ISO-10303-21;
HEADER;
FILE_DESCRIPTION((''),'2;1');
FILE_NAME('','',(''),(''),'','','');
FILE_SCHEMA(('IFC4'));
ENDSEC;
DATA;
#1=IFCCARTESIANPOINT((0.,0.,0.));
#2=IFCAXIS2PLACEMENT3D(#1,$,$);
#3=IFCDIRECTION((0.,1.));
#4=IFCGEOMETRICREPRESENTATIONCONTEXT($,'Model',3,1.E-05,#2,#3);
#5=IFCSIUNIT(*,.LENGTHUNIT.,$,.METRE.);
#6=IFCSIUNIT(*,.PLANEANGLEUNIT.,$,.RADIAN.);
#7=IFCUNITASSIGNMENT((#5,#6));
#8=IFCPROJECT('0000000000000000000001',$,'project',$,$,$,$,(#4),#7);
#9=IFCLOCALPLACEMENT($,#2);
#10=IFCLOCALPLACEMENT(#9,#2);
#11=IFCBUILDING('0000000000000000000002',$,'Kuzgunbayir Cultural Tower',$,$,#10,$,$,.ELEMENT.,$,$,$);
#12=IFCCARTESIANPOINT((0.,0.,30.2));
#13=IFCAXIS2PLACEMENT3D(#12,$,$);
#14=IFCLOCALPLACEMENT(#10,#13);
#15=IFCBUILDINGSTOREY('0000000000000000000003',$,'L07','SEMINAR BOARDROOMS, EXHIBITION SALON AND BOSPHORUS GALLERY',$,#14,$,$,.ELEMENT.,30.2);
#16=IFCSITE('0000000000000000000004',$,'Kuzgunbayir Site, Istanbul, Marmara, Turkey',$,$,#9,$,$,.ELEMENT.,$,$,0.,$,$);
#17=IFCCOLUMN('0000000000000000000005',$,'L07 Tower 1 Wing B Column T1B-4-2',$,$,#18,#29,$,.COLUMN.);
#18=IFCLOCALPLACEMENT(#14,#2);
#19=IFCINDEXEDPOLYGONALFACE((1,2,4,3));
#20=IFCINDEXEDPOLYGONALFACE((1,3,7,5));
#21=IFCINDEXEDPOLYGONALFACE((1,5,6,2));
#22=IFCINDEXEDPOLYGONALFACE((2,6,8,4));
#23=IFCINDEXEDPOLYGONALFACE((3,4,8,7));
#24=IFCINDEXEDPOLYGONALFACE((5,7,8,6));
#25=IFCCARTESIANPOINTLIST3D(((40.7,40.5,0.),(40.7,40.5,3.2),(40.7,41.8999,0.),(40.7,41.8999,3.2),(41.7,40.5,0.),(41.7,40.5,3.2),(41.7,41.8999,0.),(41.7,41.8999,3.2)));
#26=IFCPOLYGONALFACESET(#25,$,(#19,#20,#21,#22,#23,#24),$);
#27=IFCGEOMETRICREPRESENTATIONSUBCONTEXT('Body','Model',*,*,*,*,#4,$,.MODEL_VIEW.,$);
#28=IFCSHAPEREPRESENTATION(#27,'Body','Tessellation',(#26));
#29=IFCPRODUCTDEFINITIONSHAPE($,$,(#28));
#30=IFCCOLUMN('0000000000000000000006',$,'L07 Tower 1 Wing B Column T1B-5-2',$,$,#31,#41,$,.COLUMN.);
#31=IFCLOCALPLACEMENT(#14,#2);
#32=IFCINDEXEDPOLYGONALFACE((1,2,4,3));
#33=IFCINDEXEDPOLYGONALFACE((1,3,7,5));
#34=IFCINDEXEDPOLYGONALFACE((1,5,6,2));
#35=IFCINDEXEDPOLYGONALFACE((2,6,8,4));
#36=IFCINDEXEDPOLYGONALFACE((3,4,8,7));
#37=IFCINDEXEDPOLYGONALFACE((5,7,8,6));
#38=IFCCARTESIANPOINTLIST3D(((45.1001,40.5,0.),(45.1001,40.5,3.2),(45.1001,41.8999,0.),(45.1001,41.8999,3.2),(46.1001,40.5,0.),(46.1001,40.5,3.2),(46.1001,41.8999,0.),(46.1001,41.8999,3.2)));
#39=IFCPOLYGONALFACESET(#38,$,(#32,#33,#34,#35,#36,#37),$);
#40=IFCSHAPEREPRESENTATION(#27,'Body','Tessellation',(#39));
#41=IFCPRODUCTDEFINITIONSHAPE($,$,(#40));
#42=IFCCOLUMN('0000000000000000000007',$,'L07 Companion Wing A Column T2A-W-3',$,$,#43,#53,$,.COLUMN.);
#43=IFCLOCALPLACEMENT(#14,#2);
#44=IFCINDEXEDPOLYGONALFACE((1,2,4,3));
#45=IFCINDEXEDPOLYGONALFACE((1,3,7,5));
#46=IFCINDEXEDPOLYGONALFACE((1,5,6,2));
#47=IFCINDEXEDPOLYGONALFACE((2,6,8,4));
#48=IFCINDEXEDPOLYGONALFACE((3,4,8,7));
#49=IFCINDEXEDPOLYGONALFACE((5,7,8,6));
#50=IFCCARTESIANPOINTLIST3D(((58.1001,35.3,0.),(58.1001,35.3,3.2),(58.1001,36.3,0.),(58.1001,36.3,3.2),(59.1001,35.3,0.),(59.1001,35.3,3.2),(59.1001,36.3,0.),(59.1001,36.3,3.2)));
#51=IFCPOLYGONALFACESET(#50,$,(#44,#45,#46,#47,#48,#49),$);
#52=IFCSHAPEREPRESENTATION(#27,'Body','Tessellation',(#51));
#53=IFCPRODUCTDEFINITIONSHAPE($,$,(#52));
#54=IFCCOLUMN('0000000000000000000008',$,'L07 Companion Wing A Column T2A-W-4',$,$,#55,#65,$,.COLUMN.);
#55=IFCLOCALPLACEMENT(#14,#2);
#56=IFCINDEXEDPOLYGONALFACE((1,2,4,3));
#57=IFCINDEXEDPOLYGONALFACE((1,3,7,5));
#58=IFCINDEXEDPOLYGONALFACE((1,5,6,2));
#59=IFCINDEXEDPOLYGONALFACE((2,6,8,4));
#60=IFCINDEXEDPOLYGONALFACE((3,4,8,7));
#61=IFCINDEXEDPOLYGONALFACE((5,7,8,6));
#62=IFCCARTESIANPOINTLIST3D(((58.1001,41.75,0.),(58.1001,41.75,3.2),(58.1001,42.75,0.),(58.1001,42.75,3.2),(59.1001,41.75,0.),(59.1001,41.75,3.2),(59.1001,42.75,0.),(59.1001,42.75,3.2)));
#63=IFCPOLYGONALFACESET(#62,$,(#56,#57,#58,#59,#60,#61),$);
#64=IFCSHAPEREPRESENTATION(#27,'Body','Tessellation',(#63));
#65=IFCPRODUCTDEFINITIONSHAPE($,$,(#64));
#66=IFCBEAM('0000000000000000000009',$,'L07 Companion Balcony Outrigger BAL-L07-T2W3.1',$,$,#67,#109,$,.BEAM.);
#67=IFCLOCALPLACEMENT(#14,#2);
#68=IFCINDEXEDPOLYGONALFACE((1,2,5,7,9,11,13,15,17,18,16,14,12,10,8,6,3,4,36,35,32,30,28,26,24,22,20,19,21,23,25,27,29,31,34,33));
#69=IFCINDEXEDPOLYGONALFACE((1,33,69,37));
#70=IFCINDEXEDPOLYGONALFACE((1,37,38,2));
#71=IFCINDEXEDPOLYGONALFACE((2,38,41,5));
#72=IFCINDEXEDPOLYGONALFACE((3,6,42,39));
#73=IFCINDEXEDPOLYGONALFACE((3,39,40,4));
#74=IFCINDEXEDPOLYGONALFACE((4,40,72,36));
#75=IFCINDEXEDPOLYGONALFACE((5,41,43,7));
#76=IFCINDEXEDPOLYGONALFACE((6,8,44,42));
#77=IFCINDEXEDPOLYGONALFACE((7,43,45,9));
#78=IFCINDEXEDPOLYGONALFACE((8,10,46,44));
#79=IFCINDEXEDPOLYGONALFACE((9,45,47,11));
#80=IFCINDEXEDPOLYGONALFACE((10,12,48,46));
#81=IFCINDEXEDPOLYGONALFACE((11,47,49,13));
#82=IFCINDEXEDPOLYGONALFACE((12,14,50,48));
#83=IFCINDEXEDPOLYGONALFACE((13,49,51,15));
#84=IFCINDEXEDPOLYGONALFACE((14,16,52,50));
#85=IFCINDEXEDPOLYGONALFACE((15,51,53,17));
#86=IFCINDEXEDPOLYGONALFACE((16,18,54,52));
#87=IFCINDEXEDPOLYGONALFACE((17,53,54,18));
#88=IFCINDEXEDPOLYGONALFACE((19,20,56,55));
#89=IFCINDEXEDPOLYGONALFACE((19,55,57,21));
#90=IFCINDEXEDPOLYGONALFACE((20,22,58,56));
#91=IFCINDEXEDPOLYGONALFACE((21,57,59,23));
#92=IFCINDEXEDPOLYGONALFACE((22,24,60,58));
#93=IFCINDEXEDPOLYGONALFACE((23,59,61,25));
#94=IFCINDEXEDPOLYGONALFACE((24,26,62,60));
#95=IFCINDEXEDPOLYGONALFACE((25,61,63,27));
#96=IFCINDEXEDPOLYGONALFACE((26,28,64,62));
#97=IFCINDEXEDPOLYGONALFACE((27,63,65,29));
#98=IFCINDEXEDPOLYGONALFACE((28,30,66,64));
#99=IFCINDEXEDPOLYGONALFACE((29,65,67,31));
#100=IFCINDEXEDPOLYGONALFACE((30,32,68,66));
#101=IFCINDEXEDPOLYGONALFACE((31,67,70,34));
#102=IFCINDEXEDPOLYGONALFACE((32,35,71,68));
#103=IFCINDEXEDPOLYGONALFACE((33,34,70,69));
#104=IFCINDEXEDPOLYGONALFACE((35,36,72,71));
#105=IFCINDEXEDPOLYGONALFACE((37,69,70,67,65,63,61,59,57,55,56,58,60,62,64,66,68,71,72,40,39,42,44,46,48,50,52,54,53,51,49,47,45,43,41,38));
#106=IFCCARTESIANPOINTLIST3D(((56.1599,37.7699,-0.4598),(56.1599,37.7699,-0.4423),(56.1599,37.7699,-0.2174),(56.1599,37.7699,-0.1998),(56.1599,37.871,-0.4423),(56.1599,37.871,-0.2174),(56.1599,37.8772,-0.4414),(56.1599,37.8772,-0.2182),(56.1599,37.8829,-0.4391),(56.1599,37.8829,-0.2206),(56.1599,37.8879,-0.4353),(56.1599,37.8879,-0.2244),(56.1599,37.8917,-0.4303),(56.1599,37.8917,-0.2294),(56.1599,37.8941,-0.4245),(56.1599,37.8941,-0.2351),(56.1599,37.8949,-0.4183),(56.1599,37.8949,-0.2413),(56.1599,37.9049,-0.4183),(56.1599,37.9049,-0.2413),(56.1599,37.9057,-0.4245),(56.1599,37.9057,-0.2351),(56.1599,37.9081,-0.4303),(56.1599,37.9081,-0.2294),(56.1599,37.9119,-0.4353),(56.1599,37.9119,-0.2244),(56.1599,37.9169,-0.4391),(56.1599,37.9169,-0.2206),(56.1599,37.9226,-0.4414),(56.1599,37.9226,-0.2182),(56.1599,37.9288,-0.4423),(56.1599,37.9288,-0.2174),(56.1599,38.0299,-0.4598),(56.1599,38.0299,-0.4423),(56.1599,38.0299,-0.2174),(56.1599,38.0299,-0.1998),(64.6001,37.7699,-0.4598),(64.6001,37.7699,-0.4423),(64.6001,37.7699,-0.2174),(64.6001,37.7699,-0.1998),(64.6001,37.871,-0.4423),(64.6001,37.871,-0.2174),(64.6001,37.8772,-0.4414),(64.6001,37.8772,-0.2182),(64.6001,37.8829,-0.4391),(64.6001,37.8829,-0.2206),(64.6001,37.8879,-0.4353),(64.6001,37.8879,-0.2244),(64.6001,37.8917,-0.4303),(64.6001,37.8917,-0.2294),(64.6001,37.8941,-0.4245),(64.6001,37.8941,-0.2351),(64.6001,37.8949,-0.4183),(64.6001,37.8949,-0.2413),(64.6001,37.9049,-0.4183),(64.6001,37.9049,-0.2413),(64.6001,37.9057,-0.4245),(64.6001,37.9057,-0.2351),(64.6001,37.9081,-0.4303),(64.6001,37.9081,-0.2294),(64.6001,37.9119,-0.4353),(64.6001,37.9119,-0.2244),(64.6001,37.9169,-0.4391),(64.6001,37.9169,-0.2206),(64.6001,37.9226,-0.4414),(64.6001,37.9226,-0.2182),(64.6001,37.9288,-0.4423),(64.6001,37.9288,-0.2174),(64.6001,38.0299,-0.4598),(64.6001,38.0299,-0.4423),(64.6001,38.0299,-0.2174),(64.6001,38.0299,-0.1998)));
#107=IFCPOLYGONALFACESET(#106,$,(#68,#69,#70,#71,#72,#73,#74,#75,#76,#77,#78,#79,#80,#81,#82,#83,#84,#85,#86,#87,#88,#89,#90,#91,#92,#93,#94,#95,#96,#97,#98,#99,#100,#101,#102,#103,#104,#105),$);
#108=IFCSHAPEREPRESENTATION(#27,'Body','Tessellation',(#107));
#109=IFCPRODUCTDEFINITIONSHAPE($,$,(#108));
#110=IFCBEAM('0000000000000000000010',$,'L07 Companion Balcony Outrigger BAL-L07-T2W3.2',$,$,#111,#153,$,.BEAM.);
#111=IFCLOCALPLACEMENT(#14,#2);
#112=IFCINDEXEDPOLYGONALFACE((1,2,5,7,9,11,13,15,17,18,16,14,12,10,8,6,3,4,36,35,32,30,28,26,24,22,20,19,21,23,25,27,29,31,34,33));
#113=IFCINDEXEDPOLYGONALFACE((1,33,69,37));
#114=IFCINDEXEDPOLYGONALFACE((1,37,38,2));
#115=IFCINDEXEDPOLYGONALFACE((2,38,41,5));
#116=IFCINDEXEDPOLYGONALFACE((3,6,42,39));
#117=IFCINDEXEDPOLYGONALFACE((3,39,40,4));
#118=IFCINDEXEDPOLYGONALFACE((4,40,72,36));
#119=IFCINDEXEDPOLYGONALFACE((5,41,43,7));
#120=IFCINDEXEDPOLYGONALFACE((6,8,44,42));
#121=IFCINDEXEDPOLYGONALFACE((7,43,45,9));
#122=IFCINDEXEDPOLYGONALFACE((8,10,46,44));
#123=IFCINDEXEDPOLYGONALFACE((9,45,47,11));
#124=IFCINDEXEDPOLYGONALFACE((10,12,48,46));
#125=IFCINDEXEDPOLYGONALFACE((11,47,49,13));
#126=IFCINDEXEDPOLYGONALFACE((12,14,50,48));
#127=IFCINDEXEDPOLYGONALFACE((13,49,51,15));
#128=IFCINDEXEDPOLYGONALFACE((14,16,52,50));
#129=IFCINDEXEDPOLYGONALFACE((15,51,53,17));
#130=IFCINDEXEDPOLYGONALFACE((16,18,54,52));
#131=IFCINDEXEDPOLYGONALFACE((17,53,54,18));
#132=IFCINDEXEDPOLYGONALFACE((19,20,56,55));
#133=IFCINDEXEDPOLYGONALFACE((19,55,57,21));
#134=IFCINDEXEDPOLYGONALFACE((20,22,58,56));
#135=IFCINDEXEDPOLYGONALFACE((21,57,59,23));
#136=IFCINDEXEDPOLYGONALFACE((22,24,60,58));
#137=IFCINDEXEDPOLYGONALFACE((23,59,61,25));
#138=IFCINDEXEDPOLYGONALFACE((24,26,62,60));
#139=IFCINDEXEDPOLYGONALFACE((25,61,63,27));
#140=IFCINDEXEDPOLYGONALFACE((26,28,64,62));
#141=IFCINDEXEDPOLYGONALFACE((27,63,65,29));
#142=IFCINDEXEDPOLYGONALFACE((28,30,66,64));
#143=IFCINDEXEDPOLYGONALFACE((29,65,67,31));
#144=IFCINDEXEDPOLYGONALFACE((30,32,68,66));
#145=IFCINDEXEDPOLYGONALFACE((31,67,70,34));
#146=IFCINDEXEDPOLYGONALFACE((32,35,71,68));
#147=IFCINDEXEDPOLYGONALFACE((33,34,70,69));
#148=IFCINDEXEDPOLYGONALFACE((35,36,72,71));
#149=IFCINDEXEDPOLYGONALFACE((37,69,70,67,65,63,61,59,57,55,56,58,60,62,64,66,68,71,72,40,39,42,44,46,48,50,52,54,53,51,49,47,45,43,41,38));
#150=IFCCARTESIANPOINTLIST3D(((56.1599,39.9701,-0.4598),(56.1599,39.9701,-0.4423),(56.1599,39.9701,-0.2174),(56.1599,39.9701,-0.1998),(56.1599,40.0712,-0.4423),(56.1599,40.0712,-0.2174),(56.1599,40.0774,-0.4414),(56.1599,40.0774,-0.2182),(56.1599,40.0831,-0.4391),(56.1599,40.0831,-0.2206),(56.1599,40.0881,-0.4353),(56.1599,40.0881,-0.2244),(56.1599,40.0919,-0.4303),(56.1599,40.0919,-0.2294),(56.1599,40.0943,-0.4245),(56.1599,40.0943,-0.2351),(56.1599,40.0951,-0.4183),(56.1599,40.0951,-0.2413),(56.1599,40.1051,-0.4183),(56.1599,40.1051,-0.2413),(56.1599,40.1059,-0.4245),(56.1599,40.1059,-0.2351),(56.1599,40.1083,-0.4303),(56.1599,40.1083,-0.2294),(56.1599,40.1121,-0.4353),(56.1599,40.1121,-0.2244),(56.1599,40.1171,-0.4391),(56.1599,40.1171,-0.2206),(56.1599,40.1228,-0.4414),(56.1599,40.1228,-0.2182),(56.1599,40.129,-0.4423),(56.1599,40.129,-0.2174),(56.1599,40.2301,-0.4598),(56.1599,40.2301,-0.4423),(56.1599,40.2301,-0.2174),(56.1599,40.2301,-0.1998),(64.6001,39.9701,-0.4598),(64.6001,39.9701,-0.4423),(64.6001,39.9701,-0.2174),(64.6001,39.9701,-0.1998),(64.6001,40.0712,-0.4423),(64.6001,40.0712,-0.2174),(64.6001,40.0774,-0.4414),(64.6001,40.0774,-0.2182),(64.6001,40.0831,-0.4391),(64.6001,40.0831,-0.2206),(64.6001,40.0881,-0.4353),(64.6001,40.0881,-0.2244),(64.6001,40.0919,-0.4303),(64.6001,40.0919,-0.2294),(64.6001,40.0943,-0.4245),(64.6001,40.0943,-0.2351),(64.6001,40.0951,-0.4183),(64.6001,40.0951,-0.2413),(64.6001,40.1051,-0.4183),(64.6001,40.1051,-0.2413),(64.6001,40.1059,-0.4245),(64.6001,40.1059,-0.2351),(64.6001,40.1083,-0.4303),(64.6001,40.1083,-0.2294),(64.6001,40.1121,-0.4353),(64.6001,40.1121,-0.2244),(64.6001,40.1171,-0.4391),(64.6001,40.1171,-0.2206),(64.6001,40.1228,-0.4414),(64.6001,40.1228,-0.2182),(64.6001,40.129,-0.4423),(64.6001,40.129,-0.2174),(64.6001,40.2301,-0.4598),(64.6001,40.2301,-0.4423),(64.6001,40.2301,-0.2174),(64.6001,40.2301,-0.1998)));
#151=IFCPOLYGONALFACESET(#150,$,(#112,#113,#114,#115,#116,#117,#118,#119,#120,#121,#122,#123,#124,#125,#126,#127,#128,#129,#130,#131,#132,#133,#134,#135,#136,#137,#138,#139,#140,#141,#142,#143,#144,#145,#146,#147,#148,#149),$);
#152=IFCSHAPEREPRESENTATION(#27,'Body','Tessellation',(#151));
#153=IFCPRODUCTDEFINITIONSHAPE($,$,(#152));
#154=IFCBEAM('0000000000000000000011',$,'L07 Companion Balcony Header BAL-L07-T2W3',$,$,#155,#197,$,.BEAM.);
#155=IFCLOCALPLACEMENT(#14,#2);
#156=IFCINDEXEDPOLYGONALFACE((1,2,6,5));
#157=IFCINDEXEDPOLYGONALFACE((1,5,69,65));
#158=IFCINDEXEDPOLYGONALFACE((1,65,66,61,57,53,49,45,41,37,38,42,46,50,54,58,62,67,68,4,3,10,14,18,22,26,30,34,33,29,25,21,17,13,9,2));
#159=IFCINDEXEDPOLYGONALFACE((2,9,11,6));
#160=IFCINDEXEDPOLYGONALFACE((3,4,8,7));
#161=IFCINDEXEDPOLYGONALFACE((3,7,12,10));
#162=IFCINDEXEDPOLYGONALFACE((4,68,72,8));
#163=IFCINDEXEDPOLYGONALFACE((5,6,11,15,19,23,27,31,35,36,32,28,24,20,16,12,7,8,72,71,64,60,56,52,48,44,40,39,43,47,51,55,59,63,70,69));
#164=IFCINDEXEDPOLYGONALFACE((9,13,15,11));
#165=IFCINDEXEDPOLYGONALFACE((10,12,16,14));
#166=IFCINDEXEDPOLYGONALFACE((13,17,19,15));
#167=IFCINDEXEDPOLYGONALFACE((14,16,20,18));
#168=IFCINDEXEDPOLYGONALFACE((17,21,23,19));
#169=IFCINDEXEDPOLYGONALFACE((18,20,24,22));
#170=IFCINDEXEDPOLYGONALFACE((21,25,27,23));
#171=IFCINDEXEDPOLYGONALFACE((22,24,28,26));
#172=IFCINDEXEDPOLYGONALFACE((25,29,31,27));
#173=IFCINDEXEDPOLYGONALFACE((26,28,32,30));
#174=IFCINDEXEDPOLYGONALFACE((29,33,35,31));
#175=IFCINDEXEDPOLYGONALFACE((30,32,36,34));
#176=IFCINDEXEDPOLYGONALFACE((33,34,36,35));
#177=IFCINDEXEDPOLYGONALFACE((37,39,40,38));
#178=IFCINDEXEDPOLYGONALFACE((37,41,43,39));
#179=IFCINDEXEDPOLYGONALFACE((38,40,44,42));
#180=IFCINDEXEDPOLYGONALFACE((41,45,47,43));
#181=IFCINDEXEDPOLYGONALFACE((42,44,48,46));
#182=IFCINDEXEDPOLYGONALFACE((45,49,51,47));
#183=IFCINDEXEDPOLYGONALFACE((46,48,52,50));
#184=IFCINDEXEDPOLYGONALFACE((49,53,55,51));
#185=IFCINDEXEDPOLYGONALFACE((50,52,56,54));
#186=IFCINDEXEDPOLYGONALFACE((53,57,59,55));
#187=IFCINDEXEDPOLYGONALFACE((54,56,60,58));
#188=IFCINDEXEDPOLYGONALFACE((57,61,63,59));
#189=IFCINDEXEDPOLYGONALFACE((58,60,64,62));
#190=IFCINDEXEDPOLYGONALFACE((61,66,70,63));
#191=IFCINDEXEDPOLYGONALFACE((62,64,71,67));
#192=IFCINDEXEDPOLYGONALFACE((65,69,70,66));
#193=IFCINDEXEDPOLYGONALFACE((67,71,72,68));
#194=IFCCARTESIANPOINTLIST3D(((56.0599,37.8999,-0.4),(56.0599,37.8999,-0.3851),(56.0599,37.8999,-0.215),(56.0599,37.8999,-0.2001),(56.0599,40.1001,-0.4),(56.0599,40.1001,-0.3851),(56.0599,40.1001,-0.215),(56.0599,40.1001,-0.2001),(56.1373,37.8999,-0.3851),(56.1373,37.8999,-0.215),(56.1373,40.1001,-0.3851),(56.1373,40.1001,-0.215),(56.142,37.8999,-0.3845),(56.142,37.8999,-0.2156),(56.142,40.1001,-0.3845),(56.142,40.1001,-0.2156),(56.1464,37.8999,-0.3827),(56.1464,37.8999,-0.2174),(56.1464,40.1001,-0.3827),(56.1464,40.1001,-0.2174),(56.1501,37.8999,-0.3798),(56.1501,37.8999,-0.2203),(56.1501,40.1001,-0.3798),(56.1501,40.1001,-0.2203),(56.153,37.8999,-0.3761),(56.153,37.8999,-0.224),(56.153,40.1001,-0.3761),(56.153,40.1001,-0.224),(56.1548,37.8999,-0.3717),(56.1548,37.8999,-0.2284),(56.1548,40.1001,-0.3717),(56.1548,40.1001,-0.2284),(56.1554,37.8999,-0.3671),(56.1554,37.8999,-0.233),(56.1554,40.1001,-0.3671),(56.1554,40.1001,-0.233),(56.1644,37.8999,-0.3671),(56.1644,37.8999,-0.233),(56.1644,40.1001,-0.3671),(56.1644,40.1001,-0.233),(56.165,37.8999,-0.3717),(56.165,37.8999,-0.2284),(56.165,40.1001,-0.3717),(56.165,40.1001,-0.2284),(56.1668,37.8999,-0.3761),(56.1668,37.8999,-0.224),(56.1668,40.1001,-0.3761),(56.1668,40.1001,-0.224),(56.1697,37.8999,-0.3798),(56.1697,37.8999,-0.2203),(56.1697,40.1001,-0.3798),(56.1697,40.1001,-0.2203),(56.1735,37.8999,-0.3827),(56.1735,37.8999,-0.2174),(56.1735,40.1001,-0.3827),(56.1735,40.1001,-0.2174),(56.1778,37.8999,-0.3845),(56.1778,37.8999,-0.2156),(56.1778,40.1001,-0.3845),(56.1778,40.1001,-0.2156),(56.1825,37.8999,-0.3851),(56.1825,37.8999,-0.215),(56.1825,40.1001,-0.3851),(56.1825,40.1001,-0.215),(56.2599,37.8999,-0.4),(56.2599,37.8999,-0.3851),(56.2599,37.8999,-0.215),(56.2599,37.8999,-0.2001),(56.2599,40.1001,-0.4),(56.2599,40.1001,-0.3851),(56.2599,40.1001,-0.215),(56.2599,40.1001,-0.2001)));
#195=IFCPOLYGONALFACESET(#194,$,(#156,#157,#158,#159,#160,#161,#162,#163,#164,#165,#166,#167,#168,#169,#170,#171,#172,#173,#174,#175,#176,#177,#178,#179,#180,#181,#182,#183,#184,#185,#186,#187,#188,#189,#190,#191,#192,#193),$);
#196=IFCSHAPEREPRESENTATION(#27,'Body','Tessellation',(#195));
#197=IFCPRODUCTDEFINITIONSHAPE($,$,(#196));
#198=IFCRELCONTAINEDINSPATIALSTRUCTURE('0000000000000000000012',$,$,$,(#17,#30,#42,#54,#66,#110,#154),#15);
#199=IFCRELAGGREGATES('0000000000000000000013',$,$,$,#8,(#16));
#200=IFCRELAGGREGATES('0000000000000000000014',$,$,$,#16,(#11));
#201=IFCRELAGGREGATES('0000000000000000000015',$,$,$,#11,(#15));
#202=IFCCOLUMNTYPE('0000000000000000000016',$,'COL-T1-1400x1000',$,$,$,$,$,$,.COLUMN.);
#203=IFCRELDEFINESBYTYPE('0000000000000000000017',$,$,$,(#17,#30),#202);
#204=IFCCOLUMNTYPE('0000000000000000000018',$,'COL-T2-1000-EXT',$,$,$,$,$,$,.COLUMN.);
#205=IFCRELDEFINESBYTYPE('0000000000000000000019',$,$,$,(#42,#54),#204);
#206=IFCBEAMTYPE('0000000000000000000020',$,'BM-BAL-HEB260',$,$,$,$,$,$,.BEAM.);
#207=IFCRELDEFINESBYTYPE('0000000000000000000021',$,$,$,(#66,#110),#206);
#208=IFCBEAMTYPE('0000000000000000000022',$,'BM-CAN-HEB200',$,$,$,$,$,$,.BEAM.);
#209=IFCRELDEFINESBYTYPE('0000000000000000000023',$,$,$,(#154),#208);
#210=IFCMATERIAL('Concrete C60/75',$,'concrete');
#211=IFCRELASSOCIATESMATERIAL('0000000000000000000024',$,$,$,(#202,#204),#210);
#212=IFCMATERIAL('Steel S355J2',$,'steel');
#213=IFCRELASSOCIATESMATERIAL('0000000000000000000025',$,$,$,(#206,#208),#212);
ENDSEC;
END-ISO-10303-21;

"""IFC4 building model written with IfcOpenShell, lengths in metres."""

from ifc_helpers import new_model, si_unit, direction, frame, origin, origin_2d, place, context, subcontext, project, spatial, rectangle, i_section, extrude, material, material_profile, profile_set, type_object, element, save


model = new_model("IFC4")

# Units and contexts
model_context = context("Model", 3, precision=1e-05, world=origin(), true_north=direction((0.0, 1.0)))
body_context = subcontext(model_context, "Body", "Model", "MODEL_VIEW")
ifc_project = project(units=[si_unit("LENGTHUNIT", "METRE"), si_unit("PLANEANGLEUNIT", "RADIAN")], contexts=[model_context])

# Site, building, storey
site_placement = place(None, origin())
site = spatial("IfcSite", under=ifc_project, at=site_placement, Name="Kuzgunbayir Site, Istanbul, Marmara, Turkey", CompositionType="ELEMENT", RefElevation=0.0)
building_placement = place(site_placement, origin())
building = spatial("IfcBuilding", under=site, at=building_placement, Name="Kuzgunbayir Cultural Tower", CompositionType="ELEMENT")
storey_placement = place(building_placement, frame((0.0, 0.0, 30.2)))
storey = spatial("IfcBuildingStorey", under=building, at=storey_placement, Name="L07", Description="SEMINAR BOARDROOMS, EXHIBITION SALON AND BOSPHORUS GALLERY", CompositionType="ELEMENT", Elevation=30.2)

# Columns
ifc_material_1 = material(Name="Concrete C60/75", Category="concrete")
ifc_material_profile_1 = material_profile(ifc_material_1, rectangle(XDim=1.0, YDim=1.3999, at=origin_2d()), Name="RC 1400x1000")
ifc_profile_set_1 = profile_set([ifc_material_profile_1], Name="Concrete C60/75")
column_type_1 = type_object("IfcColumnType", Name="COL-T1-1400x1000", PredefinedType="COLUMN", material=ifc_profile_set_1)
for number, where, z_axis, x_axis, name in (
    (1, (41.2, 41.2, 0.0), (0.0, 0.0, 1.0), (1.0, 0.0, 0.0), "L07 Tower 1 Wing B Column T1B-4-2"),
    (2, (45.6001, 41.2, 0.0), (0.0, 0.0, 1.0), (1.0, 0.0, 0.0), "L07 Tower 1 Wing B Column T1B-5-2"),
):
    element("IfcColumn", number, at=place(storey_placement, frame(where, z_axis=z_axis, x_axis=x_axis)), inside=storey, type_object=column_type_1, Name=name, PredefinedType="COLUMN", context=body_context, shape_type="SweptSolid", body=[
        extrude(rectangle(XDim=1.0, YDim=1.3999, at=origin_2d()), origin(), (0.0, 0.0, 1.0), 3.2),
    ])
ifc_material_profile_2 = material_profile(ifc_material_1, rectangle(XDim=1.0, YDim=1.0, at=origin_2d()), Name="RC 1000x1000")
ifc_profile_set_2 = profile_set([ifc_material_profile_2], Name="Concrete C60/75")
column_type_2 = type_object("IfcColumnType", Name="COL-T2-1000-EXT", PredefinedType="COLUMN", material=ifc_profile_set_2)
for number, where, z_axis, x_axis, name in (
    (3, (58.6001, 35.8, 0.0), (0.0, 0.0, 1.0), (1.0, 0.0, 0.0), "L07 Companion Wing A Column T2A-W-3"),
    (4, (58.6001, 42.25, 0.0), (0.0, 0.0, 1.0), (1.0, 0.0, 0.0), "L07 Companion Wing A Column T2A-W-4"),
):
    element("IfcColumn", number, at=place(storey_placement, frame(where, z_axis=z_axis, x_axis=x_axis)), inside=storey, type_object=column_type_2, Name=name, PredefinedType="COLUMN", context=body_context, shape_type="SweptSolid", body=[
        extrude(rectangle(XDim=1.0, YDim=1.0, at=origin_2d()), origin(), (0.0, 0.0, 1.0), 3.2),
    ])

# Beams
ifc_material_2 = material(Name="Steel S355J2", Category="steel")
ifc_material_profile_3 = material_profile(ifc_material_2, i_section(OverallWidth=0.26, OverallDepth=0.26, WebThickness=0.01, FlangeThickness=0.0176, FilletRadius=0.0239, at=origin_2d()), Name="HEB 260")
ifc_profile_set_3 = profile_set([ifc_material_profile_3], Name="Steel S355J2")
beam_type_1 = type_object("IfcBeamType", Name="BM-BAL-HEB260", PredefinedType="BEAM", material=ifc_profile_set_3)
for number, where, z_axis, x_axis, name in (
    (5, (56.1599, 37.8999, -0.3298), (1.0, 0.0, 0.0), (0.0, 1.0, 0.0), "L07 Companion Balcony Outrigger BAL-L07-T2W3.1"),
    (6, (56.1599, 40.1001, -0.3298), (1.0, 0.0, 0.0), (0.0, 1.0, 0.0), "L07 Companion Balcony Outrigger BAL-L07-T2W3.2"),
):
    element("IfcBeam", number, at=place(storey_placement, frame(where, z_axis=z_axis, x_axis=x_axis)), inside=storey, type_object=beam_type_1, Name=name, PredefinedType="BEAM", context=body_context, shape_type="SweptSolid", body=[
        extrude(i_section(OverallWidth=0.26, OverallDepth=0.26, WebThickness=0.01, FlangeThickness=0.0176, FilletRadius=0.0239, at=origin_2d()), origin(), (0.0, 0.0, 1.0), 8.4402),
    ])
ifc_material_profile_4 = material_profile(ifc_material_2, i_section(OverallWidth=0.2, OverallDepth=0.2, WebThickness=0.009, FlangeThickness=0.0149, FilletRadius=0.0181, at=origin_2d()), Name="HEB 200")
ifc_profile_set_4 = profile_set([ifc_material_profile_4], Name="Steel S355J2")
beam_type_2 = type_object("IfcBeamType", Name="BM-CAN-HEB200", PredefinedType="BEAM", material=ifc_profile_set_4)
beam_1_placement = place(storey_placement, frame((56.1599, 37.8999, -0.3), z_axis=(0.0, 1.0, 0.0), x_axis=(-1.0, 0.0, 0.0)))
element("IfcBeam", 7, at=beam_1_placement, inside=storey, type_object=beam_type_2, Name="L07 Companion Balcony Header BAL-L07-T2W3", PredefinedType="BEAM", context=body_context, shape_type="SweptSolid", body=[
    extrude(i_section(OverallWidth=0.2, OverallDepth=0.2, WebThickness=0.009, FlangeThickness=0.0149, FilletRadius=0.0181, at=origin_2d()), origin(), (0.0, 0.0, 1.0), 2.2002),
])

save(model, "model.ifc")
